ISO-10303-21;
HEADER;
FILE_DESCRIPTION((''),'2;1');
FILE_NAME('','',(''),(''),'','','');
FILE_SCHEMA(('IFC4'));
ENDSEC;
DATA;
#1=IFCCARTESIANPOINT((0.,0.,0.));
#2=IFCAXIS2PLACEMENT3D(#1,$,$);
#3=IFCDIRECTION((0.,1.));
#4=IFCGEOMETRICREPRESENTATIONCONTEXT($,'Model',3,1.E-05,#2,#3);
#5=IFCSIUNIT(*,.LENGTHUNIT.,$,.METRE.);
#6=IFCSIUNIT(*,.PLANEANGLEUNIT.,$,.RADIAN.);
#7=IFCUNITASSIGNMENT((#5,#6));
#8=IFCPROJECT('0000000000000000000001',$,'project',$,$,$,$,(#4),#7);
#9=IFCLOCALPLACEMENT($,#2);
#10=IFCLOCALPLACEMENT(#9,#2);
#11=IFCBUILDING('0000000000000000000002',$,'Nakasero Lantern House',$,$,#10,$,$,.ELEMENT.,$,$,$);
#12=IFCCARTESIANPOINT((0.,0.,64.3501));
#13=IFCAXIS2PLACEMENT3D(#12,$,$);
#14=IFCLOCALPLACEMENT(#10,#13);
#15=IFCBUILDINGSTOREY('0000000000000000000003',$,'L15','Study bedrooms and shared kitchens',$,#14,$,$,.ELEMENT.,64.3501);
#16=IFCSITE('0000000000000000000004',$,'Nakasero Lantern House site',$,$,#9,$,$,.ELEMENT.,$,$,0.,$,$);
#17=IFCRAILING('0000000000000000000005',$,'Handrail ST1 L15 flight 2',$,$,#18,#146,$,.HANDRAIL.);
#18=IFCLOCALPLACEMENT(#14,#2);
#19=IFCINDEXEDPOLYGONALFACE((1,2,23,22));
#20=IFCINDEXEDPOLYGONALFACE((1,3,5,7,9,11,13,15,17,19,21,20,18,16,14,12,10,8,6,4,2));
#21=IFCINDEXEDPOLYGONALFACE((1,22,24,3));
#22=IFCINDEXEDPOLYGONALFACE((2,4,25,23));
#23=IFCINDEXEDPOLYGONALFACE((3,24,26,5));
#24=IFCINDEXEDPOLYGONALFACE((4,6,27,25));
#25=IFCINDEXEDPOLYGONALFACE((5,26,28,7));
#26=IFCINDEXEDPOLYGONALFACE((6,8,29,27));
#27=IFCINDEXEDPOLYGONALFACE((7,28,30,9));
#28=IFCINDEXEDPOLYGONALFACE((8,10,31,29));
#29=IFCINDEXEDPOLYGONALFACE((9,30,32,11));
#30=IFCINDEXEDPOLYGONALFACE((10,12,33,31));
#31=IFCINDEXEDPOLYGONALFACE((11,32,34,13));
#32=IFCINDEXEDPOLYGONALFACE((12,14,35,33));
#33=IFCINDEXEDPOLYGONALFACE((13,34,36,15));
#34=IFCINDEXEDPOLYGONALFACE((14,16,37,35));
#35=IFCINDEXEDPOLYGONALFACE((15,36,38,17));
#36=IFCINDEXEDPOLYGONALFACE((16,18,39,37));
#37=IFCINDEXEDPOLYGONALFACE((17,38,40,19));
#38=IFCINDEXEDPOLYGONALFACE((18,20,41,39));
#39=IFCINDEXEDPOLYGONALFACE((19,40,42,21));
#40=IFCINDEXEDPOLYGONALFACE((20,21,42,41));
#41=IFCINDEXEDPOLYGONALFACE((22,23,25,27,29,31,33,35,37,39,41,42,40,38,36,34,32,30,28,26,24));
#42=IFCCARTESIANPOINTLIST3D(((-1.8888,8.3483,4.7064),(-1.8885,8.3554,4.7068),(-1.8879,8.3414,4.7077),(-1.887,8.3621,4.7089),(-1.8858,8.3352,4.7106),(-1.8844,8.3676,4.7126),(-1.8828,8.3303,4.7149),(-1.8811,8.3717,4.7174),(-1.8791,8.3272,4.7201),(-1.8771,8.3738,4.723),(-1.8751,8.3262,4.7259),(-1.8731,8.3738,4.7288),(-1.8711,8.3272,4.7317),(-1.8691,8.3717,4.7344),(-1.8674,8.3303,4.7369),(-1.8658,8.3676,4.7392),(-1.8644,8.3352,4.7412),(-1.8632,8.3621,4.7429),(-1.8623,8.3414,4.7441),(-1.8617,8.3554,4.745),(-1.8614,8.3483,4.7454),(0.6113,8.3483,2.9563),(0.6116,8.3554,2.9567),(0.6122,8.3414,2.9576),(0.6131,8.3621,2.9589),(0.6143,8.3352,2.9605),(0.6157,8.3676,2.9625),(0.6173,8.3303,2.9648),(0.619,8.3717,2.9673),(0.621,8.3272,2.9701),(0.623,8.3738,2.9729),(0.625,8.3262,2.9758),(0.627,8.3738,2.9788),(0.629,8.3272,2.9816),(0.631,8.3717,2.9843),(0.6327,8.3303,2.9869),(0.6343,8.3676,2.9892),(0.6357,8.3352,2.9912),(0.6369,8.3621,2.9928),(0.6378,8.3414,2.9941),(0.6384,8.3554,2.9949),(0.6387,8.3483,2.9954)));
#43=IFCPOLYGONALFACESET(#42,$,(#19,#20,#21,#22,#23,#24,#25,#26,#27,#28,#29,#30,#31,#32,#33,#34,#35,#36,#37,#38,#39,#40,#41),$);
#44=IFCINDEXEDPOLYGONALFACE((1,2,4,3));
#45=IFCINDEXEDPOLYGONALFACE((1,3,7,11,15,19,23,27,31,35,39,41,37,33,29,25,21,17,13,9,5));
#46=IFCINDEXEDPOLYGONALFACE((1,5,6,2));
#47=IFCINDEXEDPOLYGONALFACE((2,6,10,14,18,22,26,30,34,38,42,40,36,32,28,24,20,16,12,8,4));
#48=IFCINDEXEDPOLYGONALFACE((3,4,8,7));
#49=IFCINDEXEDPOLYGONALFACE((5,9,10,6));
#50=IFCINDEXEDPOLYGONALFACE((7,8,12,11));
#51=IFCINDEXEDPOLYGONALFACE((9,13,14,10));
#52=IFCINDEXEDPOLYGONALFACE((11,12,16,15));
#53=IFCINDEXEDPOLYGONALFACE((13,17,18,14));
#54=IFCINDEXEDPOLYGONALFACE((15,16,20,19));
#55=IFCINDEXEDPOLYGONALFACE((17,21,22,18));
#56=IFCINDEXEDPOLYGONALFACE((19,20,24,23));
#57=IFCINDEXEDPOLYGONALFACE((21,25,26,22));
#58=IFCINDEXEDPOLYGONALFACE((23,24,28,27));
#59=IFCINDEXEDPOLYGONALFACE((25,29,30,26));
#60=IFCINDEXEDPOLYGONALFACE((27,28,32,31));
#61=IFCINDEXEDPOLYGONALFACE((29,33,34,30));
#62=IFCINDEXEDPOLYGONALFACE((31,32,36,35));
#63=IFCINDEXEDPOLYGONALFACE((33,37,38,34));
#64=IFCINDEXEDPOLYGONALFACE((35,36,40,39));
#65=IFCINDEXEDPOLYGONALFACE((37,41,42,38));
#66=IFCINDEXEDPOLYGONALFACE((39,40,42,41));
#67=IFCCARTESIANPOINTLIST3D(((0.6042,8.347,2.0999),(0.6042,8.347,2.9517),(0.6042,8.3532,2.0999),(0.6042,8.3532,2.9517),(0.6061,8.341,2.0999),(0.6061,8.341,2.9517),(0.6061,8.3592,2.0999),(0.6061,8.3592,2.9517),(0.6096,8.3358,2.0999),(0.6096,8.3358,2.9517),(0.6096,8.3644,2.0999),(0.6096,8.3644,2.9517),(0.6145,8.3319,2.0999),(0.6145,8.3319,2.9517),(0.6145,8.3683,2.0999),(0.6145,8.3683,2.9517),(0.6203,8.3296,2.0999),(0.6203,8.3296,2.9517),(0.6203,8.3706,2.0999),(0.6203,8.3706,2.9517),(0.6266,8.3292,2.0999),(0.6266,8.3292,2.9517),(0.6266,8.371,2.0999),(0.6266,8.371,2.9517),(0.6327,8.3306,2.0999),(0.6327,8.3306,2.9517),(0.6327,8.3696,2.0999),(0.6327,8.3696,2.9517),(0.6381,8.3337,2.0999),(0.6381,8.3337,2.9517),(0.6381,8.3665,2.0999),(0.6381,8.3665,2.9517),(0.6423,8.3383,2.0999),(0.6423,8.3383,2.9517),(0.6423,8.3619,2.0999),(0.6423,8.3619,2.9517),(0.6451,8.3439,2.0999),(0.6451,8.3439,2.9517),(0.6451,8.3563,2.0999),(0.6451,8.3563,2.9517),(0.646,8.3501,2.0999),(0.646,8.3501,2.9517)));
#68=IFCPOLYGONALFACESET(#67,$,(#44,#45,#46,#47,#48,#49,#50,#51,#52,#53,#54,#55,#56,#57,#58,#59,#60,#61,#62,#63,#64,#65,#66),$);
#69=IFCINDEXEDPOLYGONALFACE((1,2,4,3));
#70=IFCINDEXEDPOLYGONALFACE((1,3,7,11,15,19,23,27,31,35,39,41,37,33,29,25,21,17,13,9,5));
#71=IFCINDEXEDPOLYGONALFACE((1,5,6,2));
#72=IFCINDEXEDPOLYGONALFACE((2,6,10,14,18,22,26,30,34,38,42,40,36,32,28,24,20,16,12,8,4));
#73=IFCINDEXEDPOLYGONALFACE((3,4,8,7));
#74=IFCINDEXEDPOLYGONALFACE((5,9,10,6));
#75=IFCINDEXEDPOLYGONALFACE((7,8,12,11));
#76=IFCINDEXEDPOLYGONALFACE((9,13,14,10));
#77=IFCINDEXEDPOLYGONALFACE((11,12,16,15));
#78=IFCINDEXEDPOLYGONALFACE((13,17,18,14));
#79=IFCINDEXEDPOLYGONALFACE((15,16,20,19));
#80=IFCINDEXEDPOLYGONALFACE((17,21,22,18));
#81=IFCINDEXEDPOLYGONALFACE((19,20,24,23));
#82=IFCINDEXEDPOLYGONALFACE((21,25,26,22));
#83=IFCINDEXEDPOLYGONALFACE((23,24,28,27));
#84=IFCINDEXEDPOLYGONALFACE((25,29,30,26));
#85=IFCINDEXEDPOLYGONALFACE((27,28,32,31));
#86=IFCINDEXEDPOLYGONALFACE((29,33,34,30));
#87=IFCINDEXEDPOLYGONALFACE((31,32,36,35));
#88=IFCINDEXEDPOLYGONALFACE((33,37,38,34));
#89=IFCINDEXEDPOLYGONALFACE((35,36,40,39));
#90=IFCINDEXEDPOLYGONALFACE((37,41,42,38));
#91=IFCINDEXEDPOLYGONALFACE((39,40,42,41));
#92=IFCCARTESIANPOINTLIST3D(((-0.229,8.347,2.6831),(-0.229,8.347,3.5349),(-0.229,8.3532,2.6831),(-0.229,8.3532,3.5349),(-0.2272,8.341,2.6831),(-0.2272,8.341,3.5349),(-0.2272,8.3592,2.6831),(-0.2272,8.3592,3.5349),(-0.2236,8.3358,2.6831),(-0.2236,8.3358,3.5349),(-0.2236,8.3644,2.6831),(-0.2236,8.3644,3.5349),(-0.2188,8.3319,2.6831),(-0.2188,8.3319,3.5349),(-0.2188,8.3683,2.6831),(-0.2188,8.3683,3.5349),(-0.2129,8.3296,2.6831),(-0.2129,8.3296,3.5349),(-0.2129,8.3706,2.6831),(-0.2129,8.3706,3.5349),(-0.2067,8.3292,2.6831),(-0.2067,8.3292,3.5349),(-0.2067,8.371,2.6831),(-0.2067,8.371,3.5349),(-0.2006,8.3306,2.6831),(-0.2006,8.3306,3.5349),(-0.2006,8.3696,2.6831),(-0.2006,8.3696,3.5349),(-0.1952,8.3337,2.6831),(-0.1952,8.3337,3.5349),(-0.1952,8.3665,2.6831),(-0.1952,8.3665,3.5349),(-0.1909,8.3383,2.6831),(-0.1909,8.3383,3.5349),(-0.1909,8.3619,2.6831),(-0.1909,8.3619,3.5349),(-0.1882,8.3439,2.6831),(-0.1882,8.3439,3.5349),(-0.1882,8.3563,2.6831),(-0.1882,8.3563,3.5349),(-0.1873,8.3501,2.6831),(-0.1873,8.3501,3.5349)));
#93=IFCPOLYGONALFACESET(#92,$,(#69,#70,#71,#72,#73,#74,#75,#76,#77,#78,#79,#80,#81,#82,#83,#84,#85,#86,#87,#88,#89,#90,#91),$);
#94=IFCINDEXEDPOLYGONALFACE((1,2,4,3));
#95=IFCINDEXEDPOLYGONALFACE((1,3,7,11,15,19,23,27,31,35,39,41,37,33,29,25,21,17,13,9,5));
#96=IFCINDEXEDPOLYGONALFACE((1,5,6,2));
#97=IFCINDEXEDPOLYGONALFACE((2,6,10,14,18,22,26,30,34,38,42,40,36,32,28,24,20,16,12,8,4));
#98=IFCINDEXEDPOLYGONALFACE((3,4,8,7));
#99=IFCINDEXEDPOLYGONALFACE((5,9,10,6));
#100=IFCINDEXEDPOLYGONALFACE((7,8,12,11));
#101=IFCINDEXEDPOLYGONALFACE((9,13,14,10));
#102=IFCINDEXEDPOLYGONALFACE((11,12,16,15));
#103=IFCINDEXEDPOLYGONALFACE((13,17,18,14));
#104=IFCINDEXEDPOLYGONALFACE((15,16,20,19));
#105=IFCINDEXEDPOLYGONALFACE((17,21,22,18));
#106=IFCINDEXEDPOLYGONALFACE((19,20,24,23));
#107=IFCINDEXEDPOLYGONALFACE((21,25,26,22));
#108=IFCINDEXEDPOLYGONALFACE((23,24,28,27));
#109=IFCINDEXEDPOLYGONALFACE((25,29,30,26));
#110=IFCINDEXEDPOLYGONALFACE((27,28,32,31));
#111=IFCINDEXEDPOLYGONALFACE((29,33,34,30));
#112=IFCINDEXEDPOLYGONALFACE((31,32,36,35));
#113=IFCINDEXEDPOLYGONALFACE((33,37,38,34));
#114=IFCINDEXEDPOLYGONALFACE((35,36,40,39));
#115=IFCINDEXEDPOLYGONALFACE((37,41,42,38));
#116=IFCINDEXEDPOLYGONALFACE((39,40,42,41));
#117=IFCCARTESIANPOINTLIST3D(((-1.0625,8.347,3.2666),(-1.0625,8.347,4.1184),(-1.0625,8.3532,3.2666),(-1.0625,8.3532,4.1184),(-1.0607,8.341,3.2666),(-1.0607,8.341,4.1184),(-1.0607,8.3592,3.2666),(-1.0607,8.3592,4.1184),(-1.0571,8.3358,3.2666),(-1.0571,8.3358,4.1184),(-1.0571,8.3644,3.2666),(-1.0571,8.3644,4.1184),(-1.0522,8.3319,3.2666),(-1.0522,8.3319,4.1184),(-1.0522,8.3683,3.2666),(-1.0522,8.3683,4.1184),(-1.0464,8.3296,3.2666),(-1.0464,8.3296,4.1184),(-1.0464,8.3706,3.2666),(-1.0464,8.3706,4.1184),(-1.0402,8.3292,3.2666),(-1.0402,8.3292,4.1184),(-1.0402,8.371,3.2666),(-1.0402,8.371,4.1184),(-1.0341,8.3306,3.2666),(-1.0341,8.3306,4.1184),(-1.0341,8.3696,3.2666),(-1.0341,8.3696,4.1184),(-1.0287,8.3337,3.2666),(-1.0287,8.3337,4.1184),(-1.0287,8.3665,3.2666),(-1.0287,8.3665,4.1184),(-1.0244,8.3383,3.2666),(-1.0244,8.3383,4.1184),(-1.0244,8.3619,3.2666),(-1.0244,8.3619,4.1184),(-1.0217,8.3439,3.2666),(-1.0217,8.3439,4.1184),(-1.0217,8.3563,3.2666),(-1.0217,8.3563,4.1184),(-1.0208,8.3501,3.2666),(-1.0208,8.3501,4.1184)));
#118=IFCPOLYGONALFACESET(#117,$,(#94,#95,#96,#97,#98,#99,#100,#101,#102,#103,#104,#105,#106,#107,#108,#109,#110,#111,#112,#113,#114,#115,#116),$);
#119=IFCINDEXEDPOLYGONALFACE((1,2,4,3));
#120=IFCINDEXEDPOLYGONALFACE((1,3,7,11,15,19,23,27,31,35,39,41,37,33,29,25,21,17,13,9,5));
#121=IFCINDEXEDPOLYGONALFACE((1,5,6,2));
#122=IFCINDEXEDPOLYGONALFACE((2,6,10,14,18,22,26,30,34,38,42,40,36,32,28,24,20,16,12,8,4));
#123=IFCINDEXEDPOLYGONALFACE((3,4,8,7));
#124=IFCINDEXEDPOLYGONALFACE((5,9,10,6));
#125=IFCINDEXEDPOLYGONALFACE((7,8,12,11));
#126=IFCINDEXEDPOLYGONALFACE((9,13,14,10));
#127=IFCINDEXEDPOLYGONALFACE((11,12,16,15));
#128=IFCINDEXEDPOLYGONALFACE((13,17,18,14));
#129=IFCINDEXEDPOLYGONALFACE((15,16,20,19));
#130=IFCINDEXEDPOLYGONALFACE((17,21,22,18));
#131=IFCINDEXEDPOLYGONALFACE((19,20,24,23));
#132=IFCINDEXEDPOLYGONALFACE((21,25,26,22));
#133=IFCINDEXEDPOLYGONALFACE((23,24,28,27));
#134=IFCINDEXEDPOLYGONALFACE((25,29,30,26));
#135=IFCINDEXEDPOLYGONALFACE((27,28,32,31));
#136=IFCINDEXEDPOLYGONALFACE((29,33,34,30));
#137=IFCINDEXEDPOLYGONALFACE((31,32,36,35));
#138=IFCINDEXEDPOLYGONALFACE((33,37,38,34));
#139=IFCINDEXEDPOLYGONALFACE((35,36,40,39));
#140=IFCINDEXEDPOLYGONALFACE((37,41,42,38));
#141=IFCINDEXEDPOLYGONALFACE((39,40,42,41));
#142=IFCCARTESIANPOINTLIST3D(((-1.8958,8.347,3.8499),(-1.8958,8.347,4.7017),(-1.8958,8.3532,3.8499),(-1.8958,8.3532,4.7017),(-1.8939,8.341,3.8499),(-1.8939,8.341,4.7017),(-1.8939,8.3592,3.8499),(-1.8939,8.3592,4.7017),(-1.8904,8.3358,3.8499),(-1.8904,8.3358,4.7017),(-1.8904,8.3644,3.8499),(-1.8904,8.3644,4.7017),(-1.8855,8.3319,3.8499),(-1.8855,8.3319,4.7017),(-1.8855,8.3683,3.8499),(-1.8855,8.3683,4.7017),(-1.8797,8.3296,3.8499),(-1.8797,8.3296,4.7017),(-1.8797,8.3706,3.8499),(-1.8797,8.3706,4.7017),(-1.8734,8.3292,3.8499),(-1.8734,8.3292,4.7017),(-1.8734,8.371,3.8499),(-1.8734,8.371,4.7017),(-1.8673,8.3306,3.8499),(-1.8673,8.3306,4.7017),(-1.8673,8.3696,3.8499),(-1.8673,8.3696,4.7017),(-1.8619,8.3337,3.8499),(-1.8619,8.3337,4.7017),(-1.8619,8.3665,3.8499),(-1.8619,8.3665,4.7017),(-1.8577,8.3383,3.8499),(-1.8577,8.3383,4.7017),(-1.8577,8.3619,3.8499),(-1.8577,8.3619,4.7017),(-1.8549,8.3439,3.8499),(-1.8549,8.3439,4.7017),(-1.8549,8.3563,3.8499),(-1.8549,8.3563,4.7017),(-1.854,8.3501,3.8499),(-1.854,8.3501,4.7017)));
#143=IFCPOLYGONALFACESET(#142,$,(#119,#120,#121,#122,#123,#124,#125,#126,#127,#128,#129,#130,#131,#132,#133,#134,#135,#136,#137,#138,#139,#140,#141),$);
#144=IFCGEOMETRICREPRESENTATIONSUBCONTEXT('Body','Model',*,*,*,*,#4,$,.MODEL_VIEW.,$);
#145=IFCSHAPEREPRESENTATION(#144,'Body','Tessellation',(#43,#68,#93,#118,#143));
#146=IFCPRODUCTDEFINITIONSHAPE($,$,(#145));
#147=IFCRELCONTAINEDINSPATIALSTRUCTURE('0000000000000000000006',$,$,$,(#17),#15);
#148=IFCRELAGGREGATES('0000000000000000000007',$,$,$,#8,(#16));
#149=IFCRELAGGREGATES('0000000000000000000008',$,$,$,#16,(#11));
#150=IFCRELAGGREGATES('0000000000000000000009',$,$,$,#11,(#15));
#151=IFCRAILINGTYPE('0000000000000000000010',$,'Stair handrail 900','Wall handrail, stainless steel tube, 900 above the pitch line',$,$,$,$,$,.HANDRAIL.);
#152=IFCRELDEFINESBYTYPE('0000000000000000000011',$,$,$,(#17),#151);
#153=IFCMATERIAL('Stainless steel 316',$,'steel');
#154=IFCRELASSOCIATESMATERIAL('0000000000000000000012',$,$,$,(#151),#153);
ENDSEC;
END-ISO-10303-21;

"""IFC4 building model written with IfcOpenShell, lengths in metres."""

from ifc_helpers import new_model, si_unit, direction, frame, origin, origin_2d, place, context, subcontext, project, spatial, circle, extrude, material, type_object, element, save


model = new_model("IFC4")

# Units and contexts
model_context = context("Model", 3, precision=1e-05, world=origin(), true_north=direction((0.0, 1.0)))
body_context = subcontext(model_context, "Body", "Model", "MODEL_VIEW")
ifc_project = project(units=[si_unit("LENGTHUNIT", "METRE"), si_unit("PLANEANGLEUNIT", "RADIAN")], contexts=[model_context])

# Site, building, storey
site_placement = place(None, origin())
site = spatial("IfcSite", under=ifc_project, at=site_placement, Name="Nakasero Lantern House site", CompositionType="ELEMENT", RefElevation=0.0)
building_placement = place(site_placement, origin())
building = spatial("IfcBuilding", under=site, at=building_placement, Name="Nakasero Lantern House", CompositionType="ELEMENT")
storey_placement = place(building_placement, frame((0.0, 0.0, 64.3501)))
storey = spatial("IfcBuildingStorey", under=building, at=storey_placement, Name="L15", Description="Study bedrooms and shared kitchens", CompositionType="ELEMENT", Elevation=64.3501)

# Railing
ifc_material_1 = material(Name="Stainless steel 316", Category="steel")
railing_type = type_object("IfcRailingType", Name="Stair handrail 900", Description="Wall handrail, stainless steel tube, 900 above the pitch line", PredefinedType="HANDRAIL", material=ifc_material_1)
railing_placement = place(storey_placement, frame((0.625, 8.3501, 2.0999)))
element("IfcRailing", 1, at=railing_placement, inside=storey, type_object=railing_type, Name="Handrail ST1 L15 flight 2", PredefinedType="HANDRAIL", context=body_context, shape_type="SweptSolid", body=[
    extrude(circle(Radius=0.0239, at=origin_2d()), frame((0.0, 0.0, 0.876), z_axis=(-0.819232, 0.0, 0.573462), x_axis=(0.0, -1.0, 0.0)), (0.0, 0.0, 1.0), 3.0518),
    extrude(circle(Radius=0.021, at=origin_2d()), origin(), (0.0, 0.0, 1.0), 0.8518),
    extrude(circle(Radius=0.021, at=origin_2d()), frame((-0.8333, 0.0, 0.5833)), (0.0, 0.0, 1.0), 0.8518),
    extrude(circle(Radius=0.021, at=origin_2d()), frame((-1.6667, 0.0, 1.1667)), (0.0, 0.0, 1.0), 0.8518),
    extrude(circle(Radius=0.021, at=origin_2d()), frame((-2.5, 0.0, 1.75)), (0.0, 0.0, 1.0), 0.8518),
])

save(model, "model.ifc")
